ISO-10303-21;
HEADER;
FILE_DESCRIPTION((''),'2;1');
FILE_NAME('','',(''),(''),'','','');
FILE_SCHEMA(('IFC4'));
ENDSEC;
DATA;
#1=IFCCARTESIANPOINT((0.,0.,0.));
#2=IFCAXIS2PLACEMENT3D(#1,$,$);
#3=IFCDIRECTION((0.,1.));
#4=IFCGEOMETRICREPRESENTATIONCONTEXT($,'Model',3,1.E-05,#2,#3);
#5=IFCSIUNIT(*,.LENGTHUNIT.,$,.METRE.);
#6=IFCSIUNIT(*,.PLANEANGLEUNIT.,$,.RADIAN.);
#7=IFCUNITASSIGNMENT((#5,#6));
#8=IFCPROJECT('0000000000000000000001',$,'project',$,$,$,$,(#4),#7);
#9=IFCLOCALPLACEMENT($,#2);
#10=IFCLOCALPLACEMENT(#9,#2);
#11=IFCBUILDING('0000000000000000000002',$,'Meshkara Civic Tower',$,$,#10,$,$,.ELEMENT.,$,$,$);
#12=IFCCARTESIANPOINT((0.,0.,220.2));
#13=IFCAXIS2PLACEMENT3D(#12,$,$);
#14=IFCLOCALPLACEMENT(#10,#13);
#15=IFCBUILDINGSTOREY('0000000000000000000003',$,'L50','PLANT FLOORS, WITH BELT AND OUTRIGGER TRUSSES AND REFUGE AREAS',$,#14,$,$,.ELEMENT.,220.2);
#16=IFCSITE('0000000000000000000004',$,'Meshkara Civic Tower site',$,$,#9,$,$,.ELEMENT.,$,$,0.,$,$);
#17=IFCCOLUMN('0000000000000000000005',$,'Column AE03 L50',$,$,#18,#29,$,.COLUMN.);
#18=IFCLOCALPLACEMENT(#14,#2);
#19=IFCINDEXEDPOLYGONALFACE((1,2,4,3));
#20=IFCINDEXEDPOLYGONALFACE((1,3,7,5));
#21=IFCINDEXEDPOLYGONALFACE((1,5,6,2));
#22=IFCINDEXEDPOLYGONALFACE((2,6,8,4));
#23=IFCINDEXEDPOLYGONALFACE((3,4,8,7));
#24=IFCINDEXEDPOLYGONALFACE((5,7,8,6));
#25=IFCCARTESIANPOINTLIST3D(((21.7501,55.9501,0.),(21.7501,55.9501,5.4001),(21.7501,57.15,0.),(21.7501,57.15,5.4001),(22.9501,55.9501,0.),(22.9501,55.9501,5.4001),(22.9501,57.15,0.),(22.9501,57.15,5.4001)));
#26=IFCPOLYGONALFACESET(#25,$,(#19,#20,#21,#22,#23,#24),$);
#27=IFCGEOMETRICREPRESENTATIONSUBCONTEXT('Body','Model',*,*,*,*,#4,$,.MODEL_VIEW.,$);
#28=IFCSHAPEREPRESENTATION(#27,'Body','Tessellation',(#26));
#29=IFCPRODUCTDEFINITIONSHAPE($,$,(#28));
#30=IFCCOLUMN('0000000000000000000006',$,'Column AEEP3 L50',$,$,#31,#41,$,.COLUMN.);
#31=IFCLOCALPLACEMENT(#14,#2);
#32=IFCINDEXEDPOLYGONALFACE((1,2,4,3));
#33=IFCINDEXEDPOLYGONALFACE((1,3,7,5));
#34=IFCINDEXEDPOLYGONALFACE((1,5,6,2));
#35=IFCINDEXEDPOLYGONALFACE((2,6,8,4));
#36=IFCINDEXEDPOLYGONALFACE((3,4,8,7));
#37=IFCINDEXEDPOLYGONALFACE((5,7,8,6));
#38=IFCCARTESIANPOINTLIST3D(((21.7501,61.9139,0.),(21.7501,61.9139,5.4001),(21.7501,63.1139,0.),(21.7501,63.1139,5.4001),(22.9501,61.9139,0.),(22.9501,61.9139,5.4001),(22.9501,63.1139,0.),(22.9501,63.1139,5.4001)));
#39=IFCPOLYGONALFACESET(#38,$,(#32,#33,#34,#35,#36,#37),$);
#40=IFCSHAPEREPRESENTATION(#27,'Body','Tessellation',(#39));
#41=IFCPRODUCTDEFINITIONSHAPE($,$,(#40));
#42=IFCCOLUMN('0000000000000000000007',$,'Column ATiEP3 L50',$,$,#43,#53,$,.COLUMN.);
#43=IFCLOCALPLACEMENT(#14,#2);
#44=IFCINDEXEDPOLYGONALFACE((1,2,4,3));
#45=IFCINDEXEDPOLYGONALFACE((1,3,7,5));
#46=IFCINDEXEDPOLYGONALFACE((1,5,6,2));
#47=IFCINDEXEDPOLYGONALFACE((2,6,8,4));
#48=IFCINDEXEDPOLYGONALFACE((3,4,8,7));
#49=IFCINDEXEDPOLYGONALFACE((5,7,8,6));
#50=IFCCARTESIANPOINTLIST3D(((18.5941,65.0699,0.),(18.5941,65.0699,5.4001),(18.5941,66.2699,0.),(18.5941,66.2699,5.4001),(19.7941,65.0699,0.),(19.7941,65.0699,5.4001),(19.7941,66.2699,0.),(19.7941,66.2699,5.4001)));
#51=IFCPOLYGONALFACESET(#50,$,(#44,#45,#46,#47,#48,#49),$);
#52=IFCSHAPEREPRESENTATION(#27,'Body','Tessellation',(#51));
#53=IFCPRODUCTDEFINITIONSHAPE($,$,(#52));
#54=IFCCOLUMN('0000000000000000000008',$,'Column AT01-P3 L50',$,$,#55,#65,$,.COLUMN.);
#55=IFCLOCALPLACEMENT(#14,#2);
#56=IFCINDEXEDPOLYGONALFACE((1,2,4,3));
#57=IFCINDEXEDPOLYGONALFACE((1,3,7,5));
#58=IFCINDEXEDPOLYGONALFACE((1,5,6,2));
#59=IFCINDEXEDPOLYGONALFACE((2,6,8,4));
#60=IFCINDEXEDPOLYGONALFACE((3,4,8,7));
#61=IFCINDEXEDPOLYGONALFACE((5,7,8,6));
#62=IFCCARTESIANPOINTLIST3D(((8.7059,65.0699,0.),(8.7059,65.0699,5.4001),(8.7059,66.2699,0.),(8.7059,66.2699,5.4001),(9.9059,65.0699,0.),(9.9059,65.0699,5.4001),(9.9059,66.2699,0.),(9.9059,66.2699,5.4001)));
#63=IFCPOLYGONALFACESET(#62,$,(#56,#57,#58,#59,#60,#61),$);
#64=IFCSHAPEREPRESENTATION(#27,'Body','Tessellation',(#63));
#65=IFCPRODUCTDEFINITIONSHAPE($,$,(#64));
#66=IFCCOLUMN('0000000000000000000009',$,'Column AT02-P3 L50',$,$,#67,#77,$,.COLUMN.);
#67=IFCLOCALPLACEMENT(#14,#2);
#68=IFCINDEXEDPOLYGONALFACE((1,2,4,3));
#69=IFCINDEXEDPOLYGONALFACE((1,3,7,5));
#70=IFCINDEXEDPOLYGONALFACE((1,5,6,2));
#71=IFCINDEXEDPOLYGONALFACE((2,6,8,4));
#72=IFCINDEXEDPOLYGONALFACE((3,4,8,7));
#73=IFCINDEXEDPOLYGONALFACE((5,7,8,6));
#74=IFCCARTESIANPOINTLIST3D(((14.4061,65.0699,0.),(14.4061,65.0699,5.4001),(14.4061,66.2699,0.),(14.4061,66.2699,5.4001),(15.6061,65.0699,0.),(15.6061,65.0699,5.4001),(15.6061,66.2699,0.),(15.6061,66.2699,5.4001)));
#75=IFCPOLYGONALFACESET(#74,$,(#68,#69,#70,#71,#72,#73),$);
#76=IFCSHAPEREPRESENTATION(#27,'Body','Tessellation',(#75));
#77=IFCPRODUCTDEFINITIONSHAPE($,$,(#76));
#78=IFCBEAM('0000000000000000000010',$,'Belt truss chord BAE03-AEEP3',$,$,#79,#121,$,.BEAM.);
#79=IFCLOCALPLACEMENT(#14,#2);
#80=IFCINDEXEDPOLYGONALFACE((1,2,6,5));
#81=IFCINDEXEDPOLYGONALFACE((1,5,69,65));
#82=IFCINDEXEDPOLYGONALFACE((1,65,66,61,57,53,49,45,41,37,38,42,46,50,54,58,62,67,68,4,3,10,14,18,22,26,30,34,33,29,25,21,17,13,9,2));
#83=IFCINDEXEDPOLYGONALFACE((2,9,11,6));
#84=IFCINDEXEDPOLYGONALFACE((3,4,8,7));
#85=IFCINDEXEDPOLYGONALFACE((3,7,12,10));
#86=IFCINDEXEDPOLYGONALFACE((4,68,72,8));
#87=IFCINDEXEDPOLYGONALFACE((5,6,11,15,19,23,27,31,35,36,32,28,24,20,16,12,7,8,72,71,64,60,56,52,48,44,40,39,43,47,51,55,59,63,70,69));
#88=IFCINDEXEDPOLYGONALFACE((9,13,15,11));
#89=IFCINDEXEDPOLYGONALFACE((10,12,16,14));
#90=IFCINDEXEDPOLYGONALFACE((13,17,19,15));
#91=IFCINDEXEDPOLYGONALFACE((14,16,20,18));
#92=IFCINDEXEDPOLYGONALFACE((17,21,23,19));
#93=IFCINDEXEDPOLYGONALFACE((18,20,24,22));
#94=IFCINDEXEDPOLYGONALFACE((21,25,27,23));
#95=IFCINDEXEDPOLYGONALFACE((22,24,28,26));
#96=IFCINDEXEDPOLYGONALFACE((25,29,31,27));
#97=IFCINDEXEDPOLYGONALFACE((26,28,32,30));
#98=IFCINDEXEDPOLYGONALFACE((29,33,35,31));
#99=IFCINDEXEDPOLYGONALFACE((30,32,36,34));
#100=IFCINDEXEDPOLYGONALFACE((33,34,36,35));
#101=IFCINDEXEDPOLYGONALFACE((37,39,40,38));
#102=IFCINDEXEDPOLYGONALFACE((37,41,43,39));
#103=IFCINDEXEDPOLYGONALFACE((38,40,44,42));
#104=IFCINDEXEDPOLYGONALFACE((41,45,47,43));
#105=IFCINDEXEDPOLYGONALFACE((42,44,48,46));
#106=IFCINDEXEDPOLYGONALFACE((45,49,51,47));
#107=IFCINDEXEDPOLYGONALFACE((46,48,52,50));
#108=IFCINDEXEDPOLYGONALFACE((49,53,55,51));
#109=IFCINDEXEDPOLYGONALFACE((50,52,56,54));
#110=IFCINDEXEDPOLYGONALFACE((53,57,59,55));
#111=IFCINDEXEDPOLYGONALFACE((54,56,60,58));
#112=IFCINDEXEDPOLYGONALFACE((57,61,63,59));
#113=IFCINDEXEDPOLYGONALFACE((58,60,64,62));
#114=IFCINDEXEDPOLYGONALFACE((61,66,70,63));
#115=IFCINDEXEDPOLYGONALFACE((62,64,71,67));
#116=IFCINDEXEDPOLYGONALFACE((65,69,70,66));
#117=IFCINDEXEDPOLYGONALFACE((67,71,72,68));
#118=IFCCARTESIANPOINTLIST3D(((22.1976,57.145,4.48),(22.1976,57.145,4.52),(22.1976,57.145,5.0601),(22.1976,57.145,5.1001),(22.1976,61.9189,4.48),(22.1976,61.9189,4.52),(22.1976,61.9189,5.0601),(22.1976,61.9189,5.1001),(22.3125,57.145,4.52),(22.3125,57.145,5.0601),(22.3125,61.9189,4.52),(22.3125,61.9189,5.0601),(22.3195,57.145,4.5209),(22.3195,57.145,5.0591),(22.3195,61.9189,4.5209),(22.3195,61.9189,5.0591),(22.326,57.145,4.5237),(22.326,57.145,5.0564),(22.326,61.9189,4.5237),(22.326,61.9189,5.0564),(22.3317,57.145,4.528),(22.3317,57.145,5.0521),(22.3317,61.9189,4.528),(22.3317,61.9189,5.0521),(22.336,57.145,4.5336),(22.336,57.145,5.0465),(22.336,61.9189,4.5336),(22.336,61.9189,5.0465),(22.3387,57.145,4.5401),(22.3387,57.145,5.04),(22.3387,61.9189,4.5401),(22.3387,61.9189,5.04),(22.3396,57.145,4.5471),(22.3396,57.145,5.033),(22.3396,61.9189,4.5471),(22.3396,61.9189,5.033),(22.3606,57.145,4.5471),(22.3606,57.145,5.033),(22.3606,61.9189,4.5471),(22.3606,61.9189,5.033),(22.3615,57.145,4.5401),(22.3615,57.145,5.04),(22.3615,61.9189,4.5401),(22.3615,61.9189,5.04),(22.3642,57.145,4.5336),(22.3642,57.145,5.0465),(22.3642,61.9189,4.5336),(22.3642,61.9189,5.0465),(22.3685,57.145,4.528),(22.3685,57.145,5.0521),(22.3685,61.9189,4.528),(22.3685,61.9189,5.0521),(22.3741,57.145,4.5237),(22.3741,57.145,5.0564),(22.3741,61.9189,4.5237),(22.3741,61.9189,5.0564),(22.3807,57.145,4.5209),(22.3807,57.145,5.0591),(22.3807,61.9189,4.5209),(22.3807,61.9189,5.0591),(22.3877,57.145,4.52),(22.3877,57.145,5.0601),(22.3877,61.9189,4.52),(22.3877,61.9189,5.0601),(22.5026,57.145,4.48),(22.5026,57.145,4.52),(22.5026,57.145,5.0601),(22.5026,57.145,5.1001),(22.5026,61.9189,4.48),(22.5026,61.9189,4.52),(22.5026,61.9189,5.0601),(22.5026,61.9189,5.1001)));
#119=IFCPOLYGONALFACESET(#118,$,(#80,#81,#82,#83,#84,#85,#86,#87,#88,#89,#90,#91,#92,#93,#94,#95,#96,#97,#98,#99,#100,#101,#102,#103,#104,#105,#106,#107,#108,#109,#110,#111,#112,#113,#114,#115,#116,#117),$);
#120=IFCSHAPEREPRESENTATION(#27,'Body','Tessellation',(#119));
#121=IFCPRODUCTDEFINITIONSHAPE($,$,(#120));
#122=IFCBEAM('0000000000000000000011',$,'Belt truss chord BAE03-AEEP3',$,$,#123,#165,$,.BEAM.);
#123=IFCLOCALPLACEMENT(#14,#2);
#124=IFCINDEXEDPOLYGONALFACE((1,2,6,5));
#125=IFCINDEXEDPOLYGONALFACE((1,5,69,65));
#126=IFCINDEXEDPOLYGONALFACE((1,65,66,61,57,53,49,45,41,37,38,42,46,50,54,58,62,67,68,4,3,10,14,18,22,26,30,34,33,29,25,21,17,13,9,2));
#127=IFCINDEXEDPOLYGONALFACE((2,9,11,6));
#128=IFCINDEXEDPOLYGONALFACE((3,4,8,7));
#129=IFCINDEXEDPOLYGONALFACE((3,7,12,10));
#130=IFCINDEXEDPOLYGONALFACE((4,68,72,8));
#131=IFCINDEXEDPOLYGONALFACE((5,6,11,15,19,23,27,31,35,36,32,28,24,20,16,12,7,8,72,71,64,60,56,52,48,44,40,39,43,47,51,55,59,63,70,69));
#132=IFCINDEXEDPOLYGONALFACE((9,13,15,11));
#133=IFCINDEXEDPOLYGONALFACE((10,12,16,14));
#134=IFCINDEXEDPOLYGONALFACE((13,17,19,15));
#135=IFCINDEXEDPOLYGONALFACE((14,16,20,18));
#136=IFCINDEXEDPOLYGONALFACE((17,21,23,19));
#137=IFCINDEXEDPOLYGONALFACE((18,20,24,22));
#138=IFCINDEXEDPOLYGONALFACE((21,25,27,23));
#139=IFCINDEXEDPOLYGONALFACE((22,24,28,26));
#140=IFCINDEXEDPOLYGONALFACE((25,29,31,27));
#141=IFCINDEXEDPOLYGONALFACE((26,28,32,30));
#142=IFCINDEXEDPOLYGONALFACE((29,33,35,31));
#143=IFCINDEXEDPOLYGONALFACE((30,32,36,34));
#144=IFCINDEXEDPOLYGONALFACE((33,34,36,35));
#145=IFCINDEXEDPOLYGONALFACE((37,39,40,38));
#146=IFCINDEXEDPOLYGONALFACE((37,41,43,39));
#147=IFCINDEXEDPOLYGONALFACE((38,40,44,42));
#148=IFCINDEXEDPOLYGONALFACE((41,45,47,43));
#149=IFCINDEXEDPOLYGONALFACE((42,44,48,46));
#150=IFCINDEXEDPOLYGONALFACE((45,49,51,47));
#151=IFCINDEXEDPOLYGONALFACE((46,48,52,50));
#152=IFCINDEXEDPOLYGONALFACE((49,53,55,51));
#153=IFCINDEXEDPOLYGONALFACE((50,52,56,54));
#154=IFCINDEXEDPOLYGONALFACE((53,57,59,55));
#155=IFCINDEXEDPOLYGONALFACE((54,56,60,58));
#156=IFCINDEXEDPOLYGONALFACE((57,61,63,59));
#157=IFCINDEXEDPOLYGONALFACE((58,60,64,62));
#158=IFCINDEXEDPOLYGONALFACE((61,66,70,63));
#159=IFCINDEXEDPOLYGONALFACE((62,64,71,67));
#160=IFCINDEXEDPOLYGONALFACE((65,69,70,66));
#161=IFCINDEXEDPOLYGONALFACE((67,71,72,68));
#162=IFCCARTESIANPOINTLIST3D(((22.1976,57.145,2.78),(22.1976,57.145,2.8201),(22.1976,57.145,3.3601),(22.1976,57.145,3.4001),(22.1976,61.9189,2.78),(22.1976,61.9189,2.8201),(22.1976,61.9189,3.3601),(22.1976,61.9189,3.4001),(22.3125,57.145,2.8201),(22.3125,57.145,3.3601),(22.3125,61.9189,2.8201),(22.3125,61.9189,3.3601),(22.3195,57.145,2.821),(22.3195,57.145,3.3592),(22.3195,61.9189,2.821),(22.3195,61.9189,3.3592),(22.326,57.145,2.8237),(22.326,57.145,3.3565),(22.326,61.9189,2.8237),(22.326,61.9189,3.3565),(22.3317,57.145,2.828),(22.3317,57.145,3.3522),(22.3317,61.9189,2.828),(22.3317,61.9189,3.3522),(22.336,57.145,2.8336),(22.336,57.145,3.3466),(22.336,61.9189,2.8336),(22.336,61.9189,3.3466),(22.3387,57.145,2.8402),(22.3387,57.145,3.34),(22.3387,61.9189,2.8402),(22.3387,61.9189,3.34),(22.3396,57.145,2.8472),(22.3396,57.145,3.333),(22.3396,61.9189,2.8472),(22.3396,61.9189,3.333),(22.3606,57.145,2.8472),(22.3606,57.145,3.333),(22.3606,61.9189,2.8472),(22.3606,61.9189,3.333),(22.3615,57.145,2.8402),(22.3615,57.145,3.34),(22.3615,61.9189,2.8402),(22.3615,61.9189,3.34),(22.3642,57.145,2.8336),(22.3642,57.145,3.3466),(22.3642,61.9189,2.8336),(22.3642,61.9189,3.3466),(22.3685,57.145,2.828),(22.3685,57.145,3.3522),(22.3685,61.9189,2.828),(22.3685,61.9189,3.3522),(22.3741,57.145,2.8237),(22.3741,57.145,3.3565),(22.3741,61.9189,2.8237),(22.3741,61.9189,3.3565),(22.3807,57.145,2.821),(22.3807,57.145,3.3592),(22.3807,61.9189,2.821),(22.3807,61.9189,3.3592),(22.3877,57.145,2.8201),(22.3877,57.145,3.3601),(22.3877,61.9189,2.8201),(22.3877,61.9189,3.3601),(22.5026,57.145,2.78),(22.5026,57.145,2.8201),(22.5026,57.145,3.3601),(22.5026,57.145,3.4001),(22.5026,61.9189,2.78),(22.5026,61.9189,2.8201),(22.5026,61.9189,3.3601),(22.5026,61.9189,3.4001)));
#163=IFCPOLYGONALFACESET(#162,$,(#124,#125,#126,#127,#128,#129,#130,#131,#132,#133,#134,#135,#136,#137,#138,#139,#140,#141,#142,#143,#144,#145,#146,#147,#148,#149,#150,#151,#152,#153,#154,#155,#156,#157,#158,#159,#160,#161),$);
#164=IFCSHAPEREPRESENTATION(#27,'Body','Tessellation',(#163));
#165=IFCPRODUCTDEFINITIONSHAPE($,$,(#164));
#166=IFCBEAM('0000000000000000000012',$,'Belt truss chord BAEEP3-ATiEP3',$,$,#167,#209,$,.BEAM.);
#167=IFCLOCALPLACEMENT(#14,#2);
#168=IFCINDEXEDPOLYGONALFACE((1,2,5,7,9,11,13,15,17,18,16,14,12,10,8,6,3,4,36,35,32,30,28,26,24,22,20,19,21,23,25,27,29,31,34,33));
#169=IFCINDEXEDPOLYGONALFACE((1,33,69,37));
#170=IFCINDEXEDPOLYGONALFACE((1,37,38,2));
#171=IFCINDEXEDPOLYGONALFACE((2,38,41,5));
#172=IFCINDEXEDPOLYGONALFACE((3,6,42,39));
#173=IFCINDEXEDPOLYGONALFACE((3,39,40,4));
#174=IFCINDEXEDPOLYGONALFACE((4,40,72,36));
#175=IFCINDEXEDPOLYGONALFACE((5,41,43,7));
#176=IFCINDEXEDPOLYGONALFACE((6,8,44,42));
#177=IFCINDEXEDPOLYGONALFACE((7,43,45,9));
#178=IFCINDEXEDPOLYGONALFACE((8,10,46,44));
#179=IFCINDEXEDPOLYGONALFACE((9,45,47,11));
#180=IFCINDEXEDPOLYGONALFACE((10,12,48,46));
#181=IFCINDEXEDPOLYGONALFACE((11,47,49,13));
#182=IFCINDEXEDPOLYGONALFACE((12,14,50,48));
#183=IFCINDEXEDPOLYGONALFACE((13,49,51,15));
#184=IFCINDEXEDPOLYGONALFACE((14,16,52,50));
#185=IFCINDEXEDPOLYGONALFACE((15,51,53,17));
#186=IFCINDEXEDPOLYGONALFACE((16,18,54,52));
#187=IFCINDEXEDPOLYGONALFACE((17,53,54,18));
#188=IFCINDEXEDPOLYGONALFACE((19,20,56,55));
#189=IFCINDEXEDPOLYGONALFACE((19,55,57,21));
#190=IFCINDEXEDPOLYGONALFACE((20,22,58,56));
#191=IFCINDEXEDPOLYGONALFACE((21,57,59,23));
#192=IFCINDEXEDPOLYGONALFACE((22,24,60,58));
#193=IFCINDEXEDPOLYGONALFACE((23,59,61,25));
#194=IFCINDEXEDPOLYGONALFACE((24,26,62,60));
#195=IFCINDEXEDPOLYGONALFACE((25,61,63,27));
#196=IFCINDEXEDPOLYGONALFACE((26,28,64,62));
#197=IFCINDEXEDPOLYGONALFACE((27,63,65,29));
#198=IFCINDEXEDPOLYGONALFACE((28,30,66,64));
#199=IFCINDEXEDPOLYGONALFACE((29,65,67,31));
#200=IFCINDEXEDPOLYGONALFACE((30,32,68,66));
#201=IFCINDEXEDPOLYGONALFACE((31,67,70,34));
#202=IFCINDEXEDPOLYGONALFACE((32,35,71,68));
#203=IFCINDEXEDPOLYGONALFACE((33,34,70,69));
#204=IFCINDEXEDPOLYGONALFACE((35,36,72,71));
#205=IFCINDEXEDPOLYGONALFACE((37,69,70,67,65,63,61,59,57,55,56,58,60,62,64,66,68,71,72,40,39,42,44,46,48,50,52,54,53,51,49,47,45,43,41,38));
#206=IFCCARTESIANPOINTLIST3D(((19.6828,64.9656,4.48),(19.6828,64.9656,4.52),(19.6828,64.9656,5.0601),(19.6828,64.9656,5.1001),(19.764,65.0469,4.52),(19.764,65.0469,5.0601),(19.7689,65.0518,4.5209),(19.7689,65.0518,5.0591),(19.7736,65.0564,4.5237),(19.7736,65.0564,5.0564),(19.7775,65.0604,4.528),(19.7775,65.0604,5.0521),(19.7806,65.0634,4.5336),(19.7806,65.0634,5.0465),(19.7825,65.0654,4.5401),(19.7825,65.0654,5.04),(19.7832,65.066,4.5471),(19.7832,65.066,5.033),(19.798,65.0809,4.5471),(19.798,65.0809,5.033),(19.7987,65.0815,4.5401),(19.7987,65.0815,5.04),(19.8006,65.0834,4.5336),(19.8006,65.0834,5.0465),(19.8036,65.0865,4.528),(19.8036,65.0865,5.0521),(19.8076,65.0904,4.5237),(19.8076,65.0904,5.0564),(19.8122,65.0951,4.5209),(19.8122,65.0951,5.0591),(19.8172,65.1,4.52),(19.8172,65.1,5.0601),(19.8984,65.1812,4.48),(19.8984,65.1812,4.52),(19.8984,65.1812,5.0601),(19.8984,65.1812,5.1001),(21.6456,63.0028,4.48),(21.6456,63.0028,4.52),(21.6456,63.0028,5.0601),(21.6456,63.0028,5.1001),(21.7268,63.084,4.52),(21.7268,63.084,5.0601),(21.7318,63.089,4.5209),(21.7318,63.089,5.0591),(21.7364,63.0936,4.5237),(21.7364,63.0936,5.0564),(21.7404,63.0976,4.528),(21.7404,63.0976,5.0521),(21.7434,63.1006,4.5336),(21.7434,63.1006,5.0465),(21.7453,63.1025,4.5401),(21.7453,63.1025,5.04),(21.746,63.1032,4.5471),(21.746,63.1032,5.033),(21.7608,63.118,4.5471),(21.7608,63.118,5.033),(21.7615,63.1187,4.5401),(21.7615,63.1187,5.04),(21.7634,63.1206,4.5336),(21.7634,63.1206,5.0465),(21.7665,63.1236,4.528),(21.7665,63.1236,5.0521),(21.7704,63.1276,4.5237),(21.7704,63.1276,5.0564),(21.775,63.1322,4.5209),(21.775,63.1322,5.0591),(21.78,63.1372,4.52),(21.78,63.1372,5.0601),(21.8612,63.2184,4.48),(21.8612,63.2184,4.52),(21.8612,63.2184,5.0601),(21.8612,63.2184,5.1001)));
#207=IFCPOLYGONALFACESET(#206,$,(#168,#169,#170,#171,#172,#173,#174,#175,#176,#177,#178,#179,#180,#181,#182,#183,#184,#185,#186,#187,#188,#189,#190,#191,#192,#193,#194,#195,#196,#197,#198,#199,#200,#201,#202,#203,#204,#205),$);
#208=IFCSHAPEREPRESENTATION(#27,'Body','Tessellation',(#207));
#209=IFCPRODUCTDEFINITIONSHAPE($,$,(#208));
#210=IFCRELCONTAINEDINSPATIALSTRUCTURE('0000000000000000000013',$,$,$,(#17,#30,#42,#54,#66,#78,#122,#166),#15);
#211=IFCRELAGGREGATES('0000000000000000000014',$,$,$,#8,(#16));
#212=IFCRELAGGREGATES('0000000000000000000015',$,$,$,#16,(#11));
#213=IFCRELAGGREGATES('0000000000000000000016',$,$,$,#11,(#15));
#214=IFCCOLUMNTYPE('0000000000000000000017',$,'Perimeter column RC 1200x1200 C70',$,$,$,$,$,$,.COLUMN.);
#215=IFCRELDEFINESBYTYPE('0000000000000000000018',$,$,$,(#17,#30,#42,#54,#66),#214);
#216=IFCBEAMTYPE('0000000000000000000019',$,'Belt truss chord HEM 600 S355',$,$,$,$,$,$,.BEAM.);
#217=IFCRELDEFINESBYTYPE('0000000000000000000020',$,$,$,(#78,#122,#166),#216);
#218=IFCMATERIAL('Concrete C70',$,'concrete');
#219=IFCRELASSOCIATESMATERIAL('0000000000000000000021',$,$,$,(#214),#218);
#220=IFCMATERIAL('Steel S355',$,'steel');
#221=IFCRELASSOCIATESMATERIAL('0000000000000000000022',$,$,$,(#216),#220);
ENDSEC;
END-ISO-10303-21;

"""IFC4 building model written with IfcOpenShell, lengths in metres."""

from ifc_helpers import new_model, si_unit, direction, frame, origin, origin_2d, place, context, subcontext, project, spatial, rectangle, i_section, extrude, material, material_profile, profile_set, type_object, element, save


model = new_model("IFC4")

# Units and contexts
model_context = context("Model", 3, precision=1e-05, world=origin(), true_north=direction((0.0, 1.0)))
body_context = subcontext(model_context, "Body", "Model", "MODEL_VIEW")
ifc_project = project(units=[si_unit("LENGTHUNIT", "METRE"), si_unit("PLANEANGLEUNIT", "RADIAN")], contexts=[model_context])

# Site, building, storey
site_placement = place(None, origin())
site = spatial("IfcSite", under=ifc_project, at=site_placement, Name="Meshkara Civic Tower site", CompositionType="ELEMENT", RefElevation=0.0)
building_placement = place(site_placement, origin())
building = spatial("IfcBuilding", under=site, at=building_placement, Name="Meshkara Civic Tower", CompositionType="ELEMENT")
storey_placement = place(building_placement, frame((0.0, 0.0, 220.2)))
storey = spatial("IfcBuildingStorey", under=building, at=storey_placement, Name="L50", Description="PLANT FLOORS, WITH BELT AND OUTRIGGER TRUSSES AND REFUGE AREAS", CompositionType="ELEMENT", Elevation=220.2)

# Columns
ifc_material_1 = material(Name="Concrete C70", Category="concrete")
ifc_material_profile_1 = material_profile(ifc_material_1, rectangle(XDim=1.2, YDim=1.2, at=origin_2d()))
ifc_profile_set_1 = profile_set([ifc_material_profile_1], Name="Concrete C70")
column_type = type_object("IfcColumnType", Name="Perimeter column RC 1200x1200 C70", PredefinedType="COLUMN", material=ifc_profile_set_1)
for number, where, z_axis, x_axis, name in (
    (1, (22.3501, 56.55, 0.0), (0.0, 0.0, 1.0), (1.0, 0.0, 0.0), "Column AE03 L50"),
    (2, (22.3501, 62.5139, 0.0), (0.0, 0.0, 1.0), (1.0, 0.0, 0.0), "Column AEEP3 L50"),
    (3, (19.1941, 65.6699, 0.0), (0.0, 0.0, 1.0), (1.0, 0.0, 0.0), "Column ATiEP3 L50"),
    (4, (9.3059, 65.6699, 0.0), (0.0, 0.0, 1.0), (1.0, 0.0, 0.0), "Column AT01-P3 L50"),
    (5, (15.0061, 65.6699, 0.0), (0.0, 0.0, 1.0), (1.0, 0.0, 0.0), "Column AT02-P3 L50"),
):
    element("IfcColumn", number, at=place(storey_placement, frame(where, z_axis=z_axis, x_axis=x_axis)), inside=storey, type_object=column_type, Name=name, PredefinedType="COLUMN", context=body_context, shape_type="SweptSolid", body=[
        extrude(rectangle(XDim=1.2, YDim=1.2, at=origin_2d()), origin(), (0.0, 0.0, 1.0), 5.4001),
    ])

# Beams
ifc_material_2 = material(Name="Steel S355", Category="steel")
ifc_material_profile_2 = material_profile(ifc_material_2, i_section(OverallWidth=0.3049, OverallDepth=0.6201, WebThickness=0.021, FlangeThickness=0.04, FilletRadius=0.0271, at=origin_2d()))
ifc_profile_set_2 = profile_set([ifc_material_profile_2], Name="Steel S355")
beam_type = type_object("IfcBeamType", Name="Belt truss chord HEM 600 S355", PredefinedType="BEAM", material=ifc_profile_set_2)
for number, where, z_axis, x_axis, name in (
    (6, (22.3501, 57.145, 4.79), (0.0, 1.0, 0.0), (-1.0, 0.0, 0.0), "Belt truss chord BAE03-AEEP3"),
    (7, (22.3501, 57.145, 3.0901), (0.0, 1.0, 0.0), (-1.0, 0.0, 0.0), "Belt truss chord BAE03-AEEP3"),
):
    element("IfcBeam", number, at=place(storey_placement, frame(where, z_axis=z_axis, x_axis=x_axis)), inside=storey, type_object=beam_type, Name=name, PredefinedType="BEAM", context=body_context, shape_type="SweptSolid", body=[
        extrude(i_section(OverallWidth=0.3049, OverallDepth=0.6201, WebThickness=0.021, FlangeThickness=0.04, FilletRadius=0.0271, at=origin_2d()), origin(), (0.0, 0.0, 1.0), 4.7739),
    ])
for number, where, z_axis, x_axis, name in (
    (8, (21.7534, 63.1106, 4.79), (-0.707107, 0.707107, 0.0), (-0.707107, -0.707107, 0.0), "Belt truss chord BAEEP3-ATiEP3"),
):
    element("IfcBeam", number, at=place(storey_placement, frame(where, z_axis=z_axis, x_axis=x_axis)), inside=storey, type_object=beam_type, Name=name, PredefinedType="BEAM", context=body_context, shape_type="SweptSolid", body=[
        extrude(i_section(OverallWidth=0.3049, OverallDepth=0.6201, WebThickness=0.021, FlangeThickness=0.04, FilletRadius=0.0271, at=origin_2d()), origin(), (0.0, 0.0, 1.0), 2.7759),
    ])

save(model, "model.ifc")
